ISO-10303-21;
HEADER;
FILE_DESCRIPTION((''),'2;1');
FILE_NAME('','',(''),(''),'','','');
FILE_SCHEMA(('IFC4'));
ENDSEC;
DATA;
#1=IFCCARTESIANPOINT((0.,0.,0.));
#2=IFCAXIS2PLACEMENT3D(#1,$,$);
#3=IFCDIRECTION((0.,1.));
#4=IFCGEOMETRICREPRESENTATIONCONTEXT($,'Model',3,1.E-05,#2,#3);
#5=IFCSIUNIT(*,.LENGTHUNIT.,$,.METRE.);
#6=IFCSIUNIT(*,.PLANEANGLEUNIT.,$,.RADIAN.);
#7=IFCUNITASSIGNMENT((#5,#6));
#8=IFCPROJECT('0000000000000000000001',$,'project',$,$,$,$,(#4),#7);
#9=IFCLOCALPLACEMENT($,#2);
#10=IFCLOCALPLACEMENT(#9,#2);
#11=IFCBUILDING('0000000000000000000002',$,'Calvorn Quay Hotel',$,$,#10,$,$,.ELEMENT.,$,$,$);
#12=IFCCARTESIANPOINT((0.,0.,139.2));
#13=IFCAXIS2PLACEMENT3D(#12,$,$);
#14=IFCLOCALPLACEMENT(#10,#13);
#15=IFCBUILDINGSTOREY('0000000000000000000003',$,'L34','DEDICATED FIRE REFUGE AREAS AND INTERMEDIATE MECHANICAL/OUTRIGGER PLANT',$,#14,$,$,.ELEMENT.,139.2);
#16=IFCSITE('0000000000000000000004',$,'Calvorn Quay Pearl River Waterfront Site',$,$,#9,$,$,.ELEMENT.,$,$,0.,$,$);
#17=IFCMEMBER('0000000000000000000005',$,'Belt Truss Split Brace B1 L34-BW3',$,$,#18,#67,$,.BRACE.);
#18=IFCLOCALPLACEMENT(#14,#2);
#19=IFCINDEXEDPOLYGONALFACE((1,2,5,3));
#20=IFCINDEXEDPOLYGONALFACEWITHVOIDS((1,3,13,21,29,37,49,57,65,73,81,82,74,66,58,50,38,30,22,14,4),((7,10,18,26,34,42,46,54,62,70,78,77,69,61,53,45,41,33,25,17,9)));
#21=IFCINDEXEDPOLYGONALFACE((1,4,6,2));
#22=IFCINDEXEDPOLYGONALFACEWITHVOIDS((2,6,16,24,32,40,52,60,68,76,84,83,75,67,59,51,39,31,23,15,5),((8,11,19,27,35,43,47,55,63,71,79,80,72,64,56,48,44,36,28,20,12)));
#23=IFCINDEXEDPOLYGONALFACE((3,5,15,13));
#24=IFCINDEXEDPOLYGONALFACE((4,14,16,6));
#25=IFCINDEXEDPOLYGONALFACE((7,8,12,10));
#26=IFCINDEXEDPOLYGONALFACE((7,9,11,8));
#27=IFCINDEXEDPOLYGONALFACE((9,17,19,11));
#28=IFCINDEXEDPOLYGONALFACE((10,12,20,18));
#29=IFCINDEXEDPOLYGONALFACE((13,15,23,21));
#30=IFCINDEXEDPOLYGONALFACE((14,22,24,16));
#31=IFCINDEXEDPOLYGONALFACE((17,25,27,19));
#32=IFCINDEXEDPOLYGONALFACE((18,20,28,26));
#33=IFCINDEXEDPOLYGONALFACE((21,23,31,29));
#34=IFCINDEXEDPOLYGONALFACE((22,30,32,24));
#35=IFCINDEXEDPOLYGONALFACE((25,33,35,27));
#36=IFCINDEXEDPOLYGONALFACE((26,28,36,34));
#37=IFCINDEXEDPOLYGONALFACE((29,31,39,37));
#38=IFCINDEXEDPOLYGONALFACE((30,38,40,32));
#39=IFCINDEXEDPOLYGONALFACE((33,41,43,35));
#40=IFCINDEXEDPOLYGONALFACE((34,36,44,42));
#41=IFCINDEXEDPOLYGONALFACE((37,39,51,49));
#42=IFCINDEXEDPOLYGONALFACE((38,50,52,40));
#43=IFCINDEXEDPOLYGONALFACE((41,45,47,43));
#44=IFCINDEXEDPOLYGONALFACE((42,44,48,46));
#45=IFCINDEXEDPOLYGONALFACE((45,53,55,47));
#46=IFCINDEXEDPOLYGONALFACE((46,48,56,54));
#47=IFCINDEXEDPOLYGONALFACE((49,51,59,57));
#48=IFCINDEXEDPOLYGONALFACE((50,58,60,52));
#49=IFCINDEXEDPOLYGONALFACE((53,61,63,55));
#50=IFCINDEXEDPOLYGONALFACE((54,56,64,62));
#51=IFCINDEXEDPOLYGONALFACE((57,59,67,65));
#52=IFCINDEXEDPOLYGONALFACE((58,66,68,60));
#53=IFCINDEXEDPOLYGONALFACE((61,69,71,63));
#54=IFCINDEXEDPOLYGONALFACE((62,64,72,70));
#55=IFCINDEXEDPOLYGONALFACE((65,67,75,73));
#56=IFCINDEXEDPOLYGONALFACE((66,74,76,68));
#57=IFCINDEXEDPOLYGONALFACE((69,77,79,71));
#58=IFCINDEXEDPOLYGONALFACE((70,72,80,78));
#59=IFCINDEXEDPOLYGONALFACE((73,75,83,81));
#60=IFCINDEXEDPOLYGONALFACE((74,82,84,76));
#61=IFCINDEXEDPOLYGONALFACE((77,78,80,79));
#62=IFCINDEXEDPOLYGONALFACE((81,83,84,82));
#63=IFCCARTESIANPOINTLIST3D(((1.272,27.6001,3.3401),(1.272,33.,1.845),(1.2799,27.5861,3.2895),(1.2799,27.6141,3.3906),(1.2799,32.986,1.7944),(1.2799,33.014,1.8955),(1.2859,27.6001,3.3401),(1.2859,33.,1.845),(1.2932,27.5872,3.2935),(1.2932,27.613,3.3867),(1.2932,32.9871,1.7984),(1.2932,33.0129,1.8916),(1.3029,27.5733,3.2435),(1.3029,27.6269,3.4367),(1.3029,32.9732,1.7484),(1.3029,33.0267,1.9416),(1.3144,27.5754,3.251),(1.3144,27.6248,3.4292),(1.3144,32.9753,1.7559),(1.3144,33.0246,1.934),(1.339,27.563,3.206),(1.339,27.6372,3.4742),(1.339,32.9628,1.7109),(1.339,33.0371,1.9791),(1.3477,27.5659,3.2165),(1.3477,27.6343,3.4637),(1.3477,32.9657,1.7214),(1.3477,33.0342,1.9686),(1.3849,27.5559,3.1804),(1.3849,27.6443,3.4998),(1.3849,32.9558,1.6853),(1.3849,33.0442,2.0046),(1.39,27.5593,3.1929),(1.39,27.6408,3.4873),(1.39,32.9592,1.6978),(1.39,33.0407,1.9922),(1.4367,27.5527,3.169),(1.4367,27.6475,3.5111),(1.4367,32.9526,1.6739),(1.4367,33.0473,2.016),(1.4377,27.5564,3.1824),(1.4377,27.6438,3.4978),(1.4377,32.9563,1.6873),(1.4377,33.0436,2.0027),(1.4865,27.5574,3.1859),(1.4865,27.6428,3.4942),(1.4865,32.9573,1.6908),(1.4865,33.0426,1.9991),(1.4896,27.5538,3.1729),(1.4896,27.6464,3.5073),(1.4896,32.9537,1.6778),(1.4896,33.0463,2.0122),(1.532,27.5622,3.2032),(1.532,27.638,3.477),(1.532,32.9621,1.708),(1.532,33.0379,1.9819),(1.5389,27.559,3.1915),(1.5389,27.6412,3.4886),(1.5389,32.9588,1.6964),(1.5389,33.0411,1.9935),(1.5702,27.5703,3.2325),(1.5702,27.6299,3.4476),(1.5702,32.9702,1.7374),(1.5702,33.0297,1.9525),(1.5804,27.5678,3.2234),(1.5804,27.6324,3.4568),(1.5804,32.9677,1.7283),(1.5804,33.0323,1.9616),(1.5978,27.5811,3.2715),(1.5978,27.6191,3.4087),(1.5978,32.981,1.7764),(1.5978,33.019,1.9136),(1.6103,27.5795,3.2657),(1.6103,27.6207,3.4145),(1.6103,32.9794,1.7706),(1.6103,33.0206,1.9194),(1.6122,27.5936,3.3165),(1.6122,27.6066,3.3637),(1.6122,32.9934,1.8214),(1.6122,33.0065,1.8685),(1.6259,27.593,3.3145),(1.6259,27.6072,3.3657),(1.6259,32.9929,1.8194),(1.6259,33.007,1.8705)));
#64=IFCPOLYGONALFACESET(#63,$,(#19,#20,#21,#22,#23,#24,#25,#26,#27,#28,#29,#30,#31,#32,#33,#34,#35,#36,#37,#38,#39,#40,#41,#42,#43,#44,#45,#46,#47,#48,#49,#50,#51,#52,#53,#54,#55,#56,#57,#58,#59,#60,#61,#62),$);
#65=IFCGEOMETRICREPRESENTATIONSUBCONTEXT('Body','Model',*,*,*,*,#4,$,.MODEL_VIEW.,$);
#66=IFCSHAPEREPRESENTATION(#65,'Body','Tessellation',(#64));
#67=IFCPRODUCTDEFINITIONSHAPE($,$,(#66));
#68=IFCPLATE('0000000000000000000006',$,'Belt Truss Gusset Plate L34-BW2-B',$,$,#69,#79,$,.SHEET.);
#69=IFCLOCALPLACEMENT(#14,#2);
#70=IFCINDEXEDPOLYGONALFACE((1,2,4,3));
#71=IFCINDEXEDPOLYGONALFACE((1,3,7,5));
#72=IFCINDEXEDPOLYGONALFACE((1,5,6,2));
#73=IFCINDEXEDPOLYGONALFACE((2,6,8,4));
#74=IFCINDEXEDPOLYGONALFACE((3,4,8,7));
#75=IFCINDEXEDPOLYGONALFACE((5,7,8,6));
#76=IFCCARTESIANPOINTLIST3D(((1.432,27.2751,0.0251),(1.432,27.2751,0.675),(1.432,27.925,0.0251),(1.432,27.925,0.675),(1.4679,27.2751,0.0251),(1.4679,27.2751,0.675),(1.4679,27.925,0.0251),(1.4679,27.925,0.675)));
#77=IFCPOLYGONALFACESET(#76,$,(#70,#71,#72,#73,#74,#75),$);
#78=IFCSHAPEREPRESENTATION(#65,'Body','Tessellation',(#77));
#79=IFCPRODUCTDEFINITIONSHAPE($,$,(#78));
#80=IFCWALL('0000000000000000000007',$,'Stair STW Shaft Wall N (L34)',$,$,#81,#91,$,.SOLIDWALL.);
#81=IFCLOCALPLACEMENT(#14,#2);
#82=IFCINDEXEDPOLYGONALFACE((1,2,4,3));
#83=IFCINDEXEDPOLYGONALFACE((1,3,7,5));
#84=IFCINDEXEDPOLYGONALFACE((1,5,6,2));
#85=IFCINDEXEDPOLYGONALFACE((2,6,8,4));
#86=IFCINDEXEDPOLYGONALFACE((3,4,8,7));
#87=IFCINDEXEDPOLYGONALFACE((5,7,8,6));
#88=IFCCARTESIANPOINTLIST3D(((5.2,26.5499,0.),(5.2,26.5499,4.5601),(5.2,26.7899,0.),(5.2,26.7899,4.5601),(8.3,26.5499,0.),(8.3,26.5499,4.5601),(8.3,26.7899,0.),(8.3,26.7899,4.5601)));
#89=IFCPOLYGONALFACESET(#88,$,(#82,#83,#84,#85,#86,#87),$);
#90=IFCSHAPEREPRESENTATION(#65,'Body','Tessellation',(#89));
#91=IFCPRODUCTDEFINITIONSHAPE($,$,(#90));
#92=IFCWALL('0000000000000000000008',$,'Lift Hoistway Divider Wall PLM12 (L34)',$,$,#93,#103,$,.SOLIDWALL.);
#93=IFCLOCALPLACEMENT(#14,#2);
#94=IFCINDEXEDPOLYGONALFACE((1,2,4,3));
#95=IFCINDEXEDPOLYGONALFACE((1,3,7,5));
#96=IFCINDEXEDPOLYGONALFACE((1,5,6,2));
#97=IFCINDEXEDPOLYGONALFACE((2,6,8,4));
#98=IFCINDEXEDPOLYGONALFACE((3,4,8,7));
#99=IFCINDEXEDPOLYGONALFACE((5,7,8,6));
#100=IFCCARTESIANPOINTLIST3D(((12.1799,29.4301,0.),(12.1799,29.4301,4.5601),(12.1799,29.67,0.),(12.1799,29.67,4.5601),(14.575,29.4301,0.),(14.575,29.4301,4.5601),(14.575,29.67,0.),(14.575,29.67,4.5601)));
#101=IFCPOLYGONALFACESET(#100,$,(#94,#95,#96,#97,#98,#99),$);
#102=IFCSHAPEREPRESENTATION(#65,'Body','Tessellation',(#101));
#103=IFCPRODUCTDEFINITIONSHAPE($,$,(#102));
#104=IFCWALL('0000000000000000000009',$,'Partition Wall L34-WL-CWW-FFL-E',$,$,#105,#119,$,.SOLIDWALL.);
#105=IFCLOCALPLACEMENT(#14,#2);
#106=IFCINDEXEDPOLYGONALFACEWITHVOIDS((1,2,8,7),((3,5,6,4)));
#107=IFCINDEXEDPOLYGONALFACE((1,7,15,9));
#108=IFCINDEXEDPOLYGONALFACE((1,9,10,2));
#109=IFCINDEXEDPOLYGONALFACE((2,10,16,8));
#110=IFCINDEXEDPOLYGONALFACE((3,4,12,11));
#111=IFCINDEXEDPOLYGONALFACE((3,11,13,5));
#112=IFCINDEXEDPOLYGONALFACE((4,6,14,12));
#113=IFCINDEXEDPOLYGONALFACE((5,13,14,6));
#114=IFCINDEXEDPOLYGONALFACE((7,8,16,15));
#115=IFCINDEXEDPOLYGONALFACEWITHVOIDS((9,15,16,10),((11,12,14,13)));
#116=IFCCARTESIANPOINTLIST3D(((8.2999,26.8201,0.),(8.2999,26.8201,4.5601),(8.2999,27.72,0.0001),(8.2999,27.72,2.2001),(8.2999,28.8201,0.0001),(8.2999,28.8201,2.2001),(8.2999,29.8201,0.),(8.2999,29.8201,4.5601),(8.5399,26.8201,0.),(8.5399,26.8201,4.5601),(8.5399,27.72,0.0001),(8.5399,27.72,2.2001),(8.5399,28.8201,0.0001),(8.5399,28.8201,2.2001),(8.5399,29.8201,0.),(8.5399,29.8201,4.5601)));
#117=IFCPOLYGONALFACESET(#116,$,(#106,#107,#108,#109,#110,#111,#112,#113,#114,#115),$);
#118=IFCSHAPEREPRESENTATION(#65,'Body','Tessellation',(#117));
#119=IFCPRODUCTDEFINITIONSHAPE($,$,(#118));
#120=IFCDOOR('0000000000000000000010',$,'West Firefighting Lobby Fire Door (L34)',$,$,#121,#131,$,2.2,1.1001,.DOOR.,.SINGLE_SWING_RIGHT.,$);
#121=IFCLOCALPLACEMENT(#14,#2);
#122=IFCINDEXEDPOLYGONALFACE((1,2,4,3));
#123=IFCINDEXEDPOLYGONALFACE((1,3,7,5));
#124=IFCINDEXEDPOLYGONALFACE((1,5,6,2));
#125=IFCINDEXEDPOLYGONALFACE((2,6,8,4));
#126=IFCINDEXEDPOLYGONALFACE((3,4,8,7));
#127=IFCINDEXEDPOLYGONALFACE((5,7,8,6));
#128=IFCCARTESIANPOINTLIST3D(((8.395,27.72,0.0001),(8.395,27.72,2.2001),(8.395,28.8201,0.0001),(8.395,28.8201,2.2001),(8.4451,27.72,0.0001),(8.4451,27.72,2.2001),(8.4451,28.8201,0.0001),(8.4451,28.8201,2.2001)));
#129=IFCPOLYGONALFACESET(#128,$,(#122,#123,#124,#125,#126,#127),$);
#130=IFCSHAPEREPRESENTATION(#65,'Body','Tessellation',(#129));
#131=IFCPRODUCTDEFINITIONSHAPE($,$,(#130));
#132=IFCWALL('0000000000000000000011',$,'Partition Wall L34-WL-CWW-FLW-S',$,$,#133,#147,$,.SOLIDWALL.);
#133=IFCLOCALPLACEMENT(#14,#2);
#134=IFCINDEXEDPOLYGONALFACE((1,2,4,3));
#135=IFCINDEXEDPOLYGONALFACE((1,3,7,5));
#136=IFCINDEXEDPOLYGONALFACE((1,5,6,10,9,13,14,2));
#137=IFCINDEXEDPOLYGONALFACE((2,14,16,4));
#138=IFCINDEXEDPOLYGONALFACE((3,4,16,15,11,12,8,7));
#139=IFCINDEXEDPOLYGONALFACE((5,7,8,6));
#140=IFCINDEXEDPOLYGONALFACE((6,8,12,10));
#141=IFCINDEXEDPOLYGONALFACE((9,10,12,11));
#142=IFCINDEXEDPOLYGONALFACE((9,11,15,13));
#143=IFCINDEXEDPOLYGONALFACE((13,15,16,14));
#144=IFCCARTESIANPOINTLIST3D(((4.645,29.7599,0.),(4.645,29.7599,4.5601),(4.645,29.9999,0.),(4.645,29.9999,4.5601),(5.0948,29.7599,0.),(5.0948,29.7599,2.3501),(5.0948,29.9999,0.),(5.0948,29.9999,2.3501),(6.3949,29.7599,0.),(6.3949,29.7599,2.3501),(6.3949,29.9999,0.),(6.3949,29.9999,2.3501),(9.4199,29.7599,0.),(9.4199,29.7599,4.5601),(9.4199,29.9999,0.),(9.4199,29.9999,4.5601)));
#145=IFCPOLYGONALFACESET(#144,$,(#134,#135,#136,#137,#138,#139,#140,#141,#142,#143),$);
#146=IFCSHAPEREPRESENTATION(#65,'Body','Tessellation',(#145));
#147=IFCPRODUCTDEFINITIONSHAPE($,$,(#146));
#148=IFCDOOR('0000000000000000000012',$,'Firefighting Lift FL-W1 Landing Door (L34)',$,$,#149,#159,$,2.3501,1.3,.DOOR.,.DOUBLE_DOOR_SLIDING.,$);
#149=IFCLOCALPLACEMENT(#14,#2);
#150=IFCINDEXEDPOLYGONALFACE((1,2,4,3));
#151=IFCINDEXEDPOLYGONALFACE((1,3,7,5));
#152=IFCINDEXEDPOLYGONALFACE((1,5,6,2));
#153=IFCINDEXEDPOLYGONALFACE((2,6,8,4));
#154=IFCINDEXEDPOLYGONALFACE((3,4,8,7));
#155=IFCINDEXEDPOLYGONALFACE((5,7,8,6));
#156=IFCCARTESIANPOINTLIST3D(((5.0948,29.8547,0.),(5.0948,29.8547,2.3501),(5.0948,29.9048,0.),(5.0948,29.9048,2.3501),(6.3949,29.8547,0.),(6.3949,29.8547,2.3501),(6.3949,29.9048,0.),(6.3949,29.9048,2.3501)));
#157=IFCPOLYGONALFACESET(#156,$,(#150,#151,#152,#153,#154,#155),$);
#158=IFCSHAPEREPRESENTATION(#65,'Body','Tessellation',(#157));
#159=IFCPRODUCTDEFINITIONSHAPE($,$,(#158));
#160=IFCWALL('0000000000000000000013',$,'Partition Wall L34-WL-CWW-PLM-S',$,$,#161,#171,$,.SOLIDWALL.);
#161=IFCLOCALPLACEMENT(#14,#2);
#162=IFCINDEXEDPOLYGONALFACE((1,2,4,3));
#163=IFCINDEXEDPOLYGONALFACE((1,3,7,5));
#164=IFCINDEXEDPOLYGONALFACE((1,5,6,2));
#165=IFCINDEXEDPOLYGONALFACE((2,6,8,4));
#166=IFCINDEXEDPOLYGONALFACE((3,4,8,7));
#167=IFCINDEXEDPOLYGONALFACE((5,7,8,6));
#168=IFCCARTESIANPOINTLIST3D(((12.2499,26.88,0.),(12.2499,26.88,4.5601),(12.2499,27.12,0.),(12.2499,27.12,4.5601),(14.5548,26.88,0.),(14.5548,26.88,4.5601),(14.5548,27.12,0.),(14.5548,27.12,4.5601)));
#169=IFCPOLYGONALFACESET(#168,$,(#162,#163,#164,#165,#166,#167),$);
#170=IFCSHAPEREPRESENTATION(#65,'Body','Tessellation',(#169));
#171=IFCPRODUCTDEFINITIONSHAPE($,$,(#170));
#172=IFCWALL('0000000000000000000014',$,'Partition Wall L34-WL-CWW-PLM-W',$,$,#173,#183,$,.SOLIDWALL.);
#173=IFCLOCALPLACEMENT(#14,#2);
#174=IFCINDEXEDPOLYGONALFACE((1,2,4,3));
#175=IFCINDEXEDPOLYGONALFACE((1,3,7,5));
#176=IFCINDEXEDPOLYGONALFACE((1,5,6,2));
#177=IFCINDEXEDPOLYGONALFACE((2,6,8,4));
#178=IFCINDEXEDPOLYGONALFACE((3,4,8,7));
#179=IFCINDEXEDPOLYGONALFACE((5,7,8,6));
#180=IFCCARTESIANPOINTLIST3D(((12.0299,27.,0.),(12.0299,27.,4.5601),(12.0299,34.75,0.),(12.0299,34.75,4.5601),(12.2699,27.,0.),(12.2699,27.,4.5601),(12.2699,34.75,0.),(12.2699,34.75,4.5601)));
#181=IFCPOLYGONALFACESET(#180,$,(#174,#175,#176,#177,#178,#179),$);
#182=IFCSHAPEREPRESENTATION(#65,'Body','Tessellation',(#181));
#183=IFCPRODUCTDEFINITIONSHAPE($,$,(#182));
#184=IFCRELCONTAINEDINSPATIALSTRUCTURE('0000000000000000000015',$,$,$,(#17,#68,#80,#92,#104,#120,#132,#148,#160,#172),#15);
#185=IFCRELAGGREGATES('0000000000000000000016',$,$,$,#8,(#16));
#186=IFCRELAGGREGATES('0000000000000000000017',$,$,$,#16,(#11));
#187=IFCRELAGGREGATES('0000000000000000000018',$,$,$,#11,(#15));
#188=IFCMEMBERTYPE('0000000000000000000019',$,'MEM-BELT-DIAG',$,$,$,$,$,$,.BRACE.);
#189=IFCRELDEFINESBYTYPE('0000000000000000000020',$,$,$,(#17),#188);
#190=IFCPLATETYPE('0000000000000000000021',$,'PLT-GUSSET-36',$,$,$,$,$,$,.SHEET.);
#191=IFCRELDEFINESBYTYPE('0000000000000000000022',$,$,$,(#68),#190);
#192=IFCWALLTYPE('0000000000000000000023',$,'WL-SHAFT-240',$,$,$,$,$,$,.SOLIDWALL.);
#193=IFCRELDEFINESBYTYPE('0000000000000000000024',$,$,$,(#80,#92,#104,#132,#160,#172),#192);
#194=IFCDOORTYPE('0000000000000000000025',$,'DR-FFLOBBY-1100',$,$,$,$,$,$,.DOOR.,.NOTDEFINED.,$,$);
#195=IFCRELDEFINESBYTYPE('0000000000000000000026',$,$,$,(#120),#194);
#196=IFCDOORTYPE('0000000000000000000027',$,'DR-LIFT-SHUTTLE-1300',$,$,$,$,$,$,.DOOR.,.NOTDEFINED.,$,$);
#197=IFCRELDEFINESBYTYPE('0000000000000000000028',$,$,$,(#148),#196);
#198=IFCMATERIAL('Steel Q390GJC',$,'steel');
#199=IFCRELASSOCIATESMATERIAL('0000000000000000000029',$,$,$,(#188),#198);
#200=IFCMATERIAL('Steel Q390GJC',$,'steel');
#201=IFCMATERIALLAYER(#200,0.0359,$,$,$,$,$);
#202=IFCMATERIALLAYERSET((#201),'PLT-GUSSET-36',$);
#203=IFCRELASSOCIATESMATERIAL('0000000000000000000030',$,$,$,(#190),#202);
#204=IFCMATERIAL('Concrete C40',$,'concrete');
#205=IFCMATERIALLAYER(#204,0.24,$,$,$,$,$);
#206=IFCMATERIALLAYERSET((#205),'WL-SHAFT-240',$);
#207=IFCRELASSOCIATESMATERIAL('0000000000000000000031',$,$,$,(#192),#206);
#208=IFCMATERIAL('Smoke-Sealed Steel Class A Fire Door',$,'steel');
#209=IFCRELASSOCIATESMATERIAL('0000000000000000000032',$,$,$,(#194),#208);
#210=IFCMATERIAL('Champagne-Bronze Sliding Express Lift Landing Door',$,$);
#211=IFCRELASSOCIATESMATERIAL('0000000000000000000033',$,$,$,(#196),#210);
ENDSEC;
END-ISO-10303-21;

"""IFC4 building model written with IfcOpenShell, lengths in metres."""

from ifc_helpers import new_model, si_unit, direction, frame, frame_2d, origin, origin_2d, place, context, subcontext, project, spatial, rectangle, hollow_circle, extrude, material, layer, layer_set, material_profile, profile_set, type_object, element, fill, save


model = new_model("IFC4")

# Units and contexts
model_context = context("Model", 3, precision=1e-05, world=origin(), true_north=direction((0.0, 1.0)))
body_context = subcontext(model_context, "Body", "Model", "MODEL_VIEW")
ifc_project = project(units=[si_unit("LENGTHUNIT", "METRE"), si_unit("PLANEANGLEUNIT", "RADIAN")], contexts=[model_context])

# Site, building, storey
site_placement = place(None, origin())
site = spatial("IfcSite", under=ifc_project, at=site_placement, Name="Calvorn Quay Pearl River Waterfront Site", CompositionType="ELEMENT", RefElevation=0.0)
building_placement = place(site_placement, origin())
building = spatial("IfcBuilding", under=site, at=building_placement, Name="Calvorn Quay Hotel", CompositionType="ELEMENT")
storey_placement = place(building_placement, frame((0.0, 0.0, 139.2)))
storey = spatial("IfcBuildingStorey", under=building, at=storey_placement, Name="L34", Description="DEDICATED FIRE REFUGE AREAS AND INTERMEDIATE MECHANICAL/OUTRIGGER PLANT", CompositionType="ELEMENT", Elevation=139.2)

# Member
ifc_material_1 = material(Name="Steel Q390GJC", Category="steel")
ifc_material_profile_1 = material_profile(ifc_material_1, hollow_circle(Radius=0.178, WallThickness=0.0139, at=origin_2d()), Name="CHS356x14")
ifc_profile_set_1 = profile_set([ifc_material_profile_1], Name="Steel Q390GJC")
member_type_1 = type_object("IfcMemberType", Name="MEM-BELT-DIAG", PredefinedType="BRACE", material=ifc_profile_set_1)
member_1_placement = place(storey_placement, frame((1.45, 27.6001, 3.3401), z_axis=(0.0, 0.963741, -0.266839), x_axis=(-1.0, 0.0, 0.0)))
element("IfcMember", 1, at=member_1_placement, inside=storey, type_object=member_type_1, Name="Belt Truss Split Brace B1 L34-BW3", PredefinedType="BRACE", context=body_context, shape_type="SweptSolid", body=[
    extrude(hollow_circle(Radius=0.178, WallThickness=0.0139, at=origin_2d()), origin(), (0.0, 0.0, 1.0), 5.603),
])

# Plate
ifc_material_2 = material(Name="Steel Q390GJC", Category="steel")
ifc_layer_1 = layer(ifc_material_2, 0.0359)
ifc_layer_set_1 = layer_set([ifc_layer_1], Name="PLT-GUSSET-36")
plate_type = type_object("IfcPlateType", Name="PLT-GUSSET-36", PredefinedType="SHEET", material=ifc_layer_set_1)
plate_placement = place(storey_placement, frame((1.45, 27.6001, 0.0251), z_axis=(0.0, 0.0, 1.0), x_axis=(0.0, 1.0, 0.0)))
element("IfcPlate", 2, at=plate_placement, inside=storey, type_object=plate_type, Name="Belt Truss Gusset Plate L34-BW2-B", PredefinedType="SHEET", context=body_context, shape_type="SweptSolid", body=[
    extrude(rectangle(XDim=0.6499, YDim=0.0359, at=origin_2d()), origin(), (0.0, 0.0, 1.0), 0.6499),
])

# Walls
ifc_material_3 = material(Name="Concrete C40", Category="concrete")
ifc_layer_2 = layer(ifc_material_3, 0.24)
ifc_layer_set_2 = layer_set([ifc_layer_2], Name="WL-SHAFT-240")
wall_type_1 = type_object("IfcWallType", Name="WL-SHAFT-240", PredefinedType="SOLIDWALL", material=ifc_layer_set_2)
wall_1_placement = place(storey_placement, frame((5.2, 26.6699, 0.0), z_axis=(0.0, 0.0, 1.0), x_axis=(1.0, 0.0, 0.0)))
element("IfcWall", 3, at=wall_1_placement, inside=storey, type_object=wall_type_1, Name="Stair STW Shaft Wall N (L34)", PredefinedType="SOLIDWALL", context=body_context, shape_type="SweptSolid", body=[
    extrude(rectangle(XDim=3.1001, YDim=0.24, at=frame_2d((1.55, 0.0))), origin(), (0.0, 0.0, 1.0), 4.5601),
])
wall_2_placement = place(storey_placement, frame((12.1799, 29.55, 0.0), z_axis=(0.0, 0.0, 1.0), x_axis=(1.0, 0.0, 0.0)))
element("IfcWall", 4, at=wall_2_placement, inside=storey, type_object=wall_type_1, Name="Lift Hoistway Divider Wall PLM12 (L34)", PredefinedType="SOLIDWALL", context=body_context, shape_type="SweptSolid", body=[
    extrude(rectangle(XDim=2.395, YDim=0.24, at=frame_2d((1.1975, 0.0))), origin(), (0.0, 0.0, 1.0), 4.5601),
])

# Walls, openings, doors
wall_3_placement = place(storey_placement, frame((8.4199, 26.8201, 0.0), z_axis=(0.0, 0.0, 1.0), x_axis=(0.0, 1.0, 0.0)))
wall_3 = element("IfcWall", 5, at=wall_3_placement, inside=storey, type_object=wall_type_1, Name="Partition Wall L34-WL-CWW-FFL-E", PredefinedType="SOLIDWALL", context=body_context, shape_type="SweptSolid", body=[
    extrude(rectangle(XDim=3.0, YDim=0.24, at=frame_2d((1.5, 0.0))), origin(), (0.0, 0.0, 1.0), 4.5601),
])
opening_1_placement = place(wall_3_placement, frame((0.8999, 0.0, 0.0)))
opening_1 = element("IfcOpeningElement", 6, at=opening_1_placement, cuts=wall_3, PredefinedType="OPENING", context=body_context, shape_type="SweptSolid", body=[
    extrude(rectangle(XDim=1.1001, YDim=2.2, at=frame_2d((0.55, 1.1001))), frame((0.0, 0.1299, 0.0), z_axis=(0.0, -1.0, 0.0), x_axis=(1.0, 0.0, 0.0)), (0.0, 0.0, 1.0), 0.26),
])
ifc_material_4 = material(Name="Smoke-Sealed Steel Class A Fire Door", Category="steel")
door_type_1 = type_object("IfcDoorType", Name="DR-FFLOBBY-1100", OperationType="NOTDEFINED", PredefinedType="DOOR", material=ifc_material_4)
door_1_placement = place(opening_1_placement, origin())
door_1 = element("IfcDoor", 7, at=door_1_placement, inside=storey, type_object=door_type_1, Name="West Firefighting Lobby Fire Door (L34)", OperationType="SINGLE_SWING_RIGHT", OverallHeight=2.2, OverallWidth=1.1001, PredefinedType="DOOR", context=body_context, shape_type="SweptSolid", body=[
    extrude(rectangle(XDim=1.1001, YDim=2.2, at=frame_2d((0.55, 1.1001))), frame((0.0, 0.0249, 0.0), z_axis=(0.0, -1.0, 0.0), x_axis=(1.0, 0.0, 0.0)), (0.0, 0.0, 1.0), 0.05),
])
fill(opening_1, door_1)
wall_4_placement = place(storey_placement, frame((4.645, 29.8799, 0.0), z_axis=(0.0, 0.0, 1.0), x_axis=(1.0, 0.0, 0.0)))
wall_4 = element("IfcWall", 8, at=wall_4_placement, inside=storey, type_object=wall_type_1, Name="Partition Wall L34-WL-CWW-FLW-S", PredefinedType="SOLIDWALL", context=body_context, shape_type="SweptSolid", body=[
    extrude(rectangle(XDim=4.7749, YDim=0.24, at=frame_2d((2.3875, 0.0))), origin(), (0.0, 0.0, 1.0), 4.5601),
])
opening_2_placement = place(wall_4_placement, frame((0.45, 0.0, 0.0)))
opening_2 = element("IfcOpeningElement", 9, at=opening_2_placement, cuts=wall_4, PredefinedType="OPENING", context=body_context, shape_type="SweptSolid", body=[
    extrude(rectangle(XDim=1.3, YDim=2.3501, at=frame_2d((0.6499, 1.175))), frame((0.0, 0.1299, 0.0), z_axis=(0.0, -1.0, 0.0), x_axis=(1.0, 0.0, 0.0)), (0.0, 0.0, 1.0), 0.26),
])
ifc_material_5 = material(Name="Champagne-Bronze Sliding Express Lift Landing Door")
door_type_2 = type_object("IfcDoorType", Name="DR-LIFT-SHUTTLE-1300", OperationType="NOTDEFINED", PredefinedType="DOOR", material=ifc_material_5)
door_2_placement = place(opening_2_placement, origin())
door_2 = element("IfcDoor", 10, at=door_2_placement, inside=storey, type_object=door_type_2, Name="Firefighting Lift FL-W1 Landing Door (L34)", OperationType="DOUBLE_DOOR_SLIDING", OverallHeight=2.3501, OverallWidth=1.3, PredefinedType="DOOR", context=body_context, shape_type="SweptSolid", body=[
    extrude(rectangle(XDim=1.3, YDim=2.3501, at=frame_2d((0.6499, 1.175))), frame((0.0, 0.0249, 0.0), z_axis=(0.0, -1.0, 0.0), x_axis=(1.0, 0.0, 0.0)), (0.0, 0.0, 1.0), 0.05),
])
fill(opening_2, door_2)

# Walls
wall_5_placement = place(storey_placement, frame((12.25, 27.0, 0.0), z_axis=(0.0, 0.0, 1.0), x_axis=(1.0, 0.0, 0.0)))
element("IfcWall", 11, at=wall_5_placement, inside=storey, type_object=wall_type_1, Name="Partition Wall L34-WL-CWW-PLM-S", PredefinedType="SOLIDWALL", context=body_context, shape_type="SweptSolid", body=[
    extrude(rectangle(XDim=2.3049, YDim=0.24, at=frame_2d((1.1523, 0.0))), origin(), (0.0, 0.0, 1.0), 4.5601),
])
wall_6_placement = place(storey_placement, frame((12.1499, 27.0, 0.0), z_axis=(0.0, 0.0, 1.0), x_axis=(0.0, 1.0, 0.0)))
element("IfcWall", 12, at=wall_6_placement, inside=storey, type_object=wall_type_1, Name="Partition Wall L34-WL-CWW-PLM-W", PredefinedType="SOLIDWALL", context=body_context, shape_type="SweptSolid", body=[
    extrude(rectangle(XDim=7.75, YDim=0.24, at=frame_2d((3.875, 0.0))), origin(), (0.0, 0.0, 1.0), 4.5601),
])

save(model, "model.ifc")
